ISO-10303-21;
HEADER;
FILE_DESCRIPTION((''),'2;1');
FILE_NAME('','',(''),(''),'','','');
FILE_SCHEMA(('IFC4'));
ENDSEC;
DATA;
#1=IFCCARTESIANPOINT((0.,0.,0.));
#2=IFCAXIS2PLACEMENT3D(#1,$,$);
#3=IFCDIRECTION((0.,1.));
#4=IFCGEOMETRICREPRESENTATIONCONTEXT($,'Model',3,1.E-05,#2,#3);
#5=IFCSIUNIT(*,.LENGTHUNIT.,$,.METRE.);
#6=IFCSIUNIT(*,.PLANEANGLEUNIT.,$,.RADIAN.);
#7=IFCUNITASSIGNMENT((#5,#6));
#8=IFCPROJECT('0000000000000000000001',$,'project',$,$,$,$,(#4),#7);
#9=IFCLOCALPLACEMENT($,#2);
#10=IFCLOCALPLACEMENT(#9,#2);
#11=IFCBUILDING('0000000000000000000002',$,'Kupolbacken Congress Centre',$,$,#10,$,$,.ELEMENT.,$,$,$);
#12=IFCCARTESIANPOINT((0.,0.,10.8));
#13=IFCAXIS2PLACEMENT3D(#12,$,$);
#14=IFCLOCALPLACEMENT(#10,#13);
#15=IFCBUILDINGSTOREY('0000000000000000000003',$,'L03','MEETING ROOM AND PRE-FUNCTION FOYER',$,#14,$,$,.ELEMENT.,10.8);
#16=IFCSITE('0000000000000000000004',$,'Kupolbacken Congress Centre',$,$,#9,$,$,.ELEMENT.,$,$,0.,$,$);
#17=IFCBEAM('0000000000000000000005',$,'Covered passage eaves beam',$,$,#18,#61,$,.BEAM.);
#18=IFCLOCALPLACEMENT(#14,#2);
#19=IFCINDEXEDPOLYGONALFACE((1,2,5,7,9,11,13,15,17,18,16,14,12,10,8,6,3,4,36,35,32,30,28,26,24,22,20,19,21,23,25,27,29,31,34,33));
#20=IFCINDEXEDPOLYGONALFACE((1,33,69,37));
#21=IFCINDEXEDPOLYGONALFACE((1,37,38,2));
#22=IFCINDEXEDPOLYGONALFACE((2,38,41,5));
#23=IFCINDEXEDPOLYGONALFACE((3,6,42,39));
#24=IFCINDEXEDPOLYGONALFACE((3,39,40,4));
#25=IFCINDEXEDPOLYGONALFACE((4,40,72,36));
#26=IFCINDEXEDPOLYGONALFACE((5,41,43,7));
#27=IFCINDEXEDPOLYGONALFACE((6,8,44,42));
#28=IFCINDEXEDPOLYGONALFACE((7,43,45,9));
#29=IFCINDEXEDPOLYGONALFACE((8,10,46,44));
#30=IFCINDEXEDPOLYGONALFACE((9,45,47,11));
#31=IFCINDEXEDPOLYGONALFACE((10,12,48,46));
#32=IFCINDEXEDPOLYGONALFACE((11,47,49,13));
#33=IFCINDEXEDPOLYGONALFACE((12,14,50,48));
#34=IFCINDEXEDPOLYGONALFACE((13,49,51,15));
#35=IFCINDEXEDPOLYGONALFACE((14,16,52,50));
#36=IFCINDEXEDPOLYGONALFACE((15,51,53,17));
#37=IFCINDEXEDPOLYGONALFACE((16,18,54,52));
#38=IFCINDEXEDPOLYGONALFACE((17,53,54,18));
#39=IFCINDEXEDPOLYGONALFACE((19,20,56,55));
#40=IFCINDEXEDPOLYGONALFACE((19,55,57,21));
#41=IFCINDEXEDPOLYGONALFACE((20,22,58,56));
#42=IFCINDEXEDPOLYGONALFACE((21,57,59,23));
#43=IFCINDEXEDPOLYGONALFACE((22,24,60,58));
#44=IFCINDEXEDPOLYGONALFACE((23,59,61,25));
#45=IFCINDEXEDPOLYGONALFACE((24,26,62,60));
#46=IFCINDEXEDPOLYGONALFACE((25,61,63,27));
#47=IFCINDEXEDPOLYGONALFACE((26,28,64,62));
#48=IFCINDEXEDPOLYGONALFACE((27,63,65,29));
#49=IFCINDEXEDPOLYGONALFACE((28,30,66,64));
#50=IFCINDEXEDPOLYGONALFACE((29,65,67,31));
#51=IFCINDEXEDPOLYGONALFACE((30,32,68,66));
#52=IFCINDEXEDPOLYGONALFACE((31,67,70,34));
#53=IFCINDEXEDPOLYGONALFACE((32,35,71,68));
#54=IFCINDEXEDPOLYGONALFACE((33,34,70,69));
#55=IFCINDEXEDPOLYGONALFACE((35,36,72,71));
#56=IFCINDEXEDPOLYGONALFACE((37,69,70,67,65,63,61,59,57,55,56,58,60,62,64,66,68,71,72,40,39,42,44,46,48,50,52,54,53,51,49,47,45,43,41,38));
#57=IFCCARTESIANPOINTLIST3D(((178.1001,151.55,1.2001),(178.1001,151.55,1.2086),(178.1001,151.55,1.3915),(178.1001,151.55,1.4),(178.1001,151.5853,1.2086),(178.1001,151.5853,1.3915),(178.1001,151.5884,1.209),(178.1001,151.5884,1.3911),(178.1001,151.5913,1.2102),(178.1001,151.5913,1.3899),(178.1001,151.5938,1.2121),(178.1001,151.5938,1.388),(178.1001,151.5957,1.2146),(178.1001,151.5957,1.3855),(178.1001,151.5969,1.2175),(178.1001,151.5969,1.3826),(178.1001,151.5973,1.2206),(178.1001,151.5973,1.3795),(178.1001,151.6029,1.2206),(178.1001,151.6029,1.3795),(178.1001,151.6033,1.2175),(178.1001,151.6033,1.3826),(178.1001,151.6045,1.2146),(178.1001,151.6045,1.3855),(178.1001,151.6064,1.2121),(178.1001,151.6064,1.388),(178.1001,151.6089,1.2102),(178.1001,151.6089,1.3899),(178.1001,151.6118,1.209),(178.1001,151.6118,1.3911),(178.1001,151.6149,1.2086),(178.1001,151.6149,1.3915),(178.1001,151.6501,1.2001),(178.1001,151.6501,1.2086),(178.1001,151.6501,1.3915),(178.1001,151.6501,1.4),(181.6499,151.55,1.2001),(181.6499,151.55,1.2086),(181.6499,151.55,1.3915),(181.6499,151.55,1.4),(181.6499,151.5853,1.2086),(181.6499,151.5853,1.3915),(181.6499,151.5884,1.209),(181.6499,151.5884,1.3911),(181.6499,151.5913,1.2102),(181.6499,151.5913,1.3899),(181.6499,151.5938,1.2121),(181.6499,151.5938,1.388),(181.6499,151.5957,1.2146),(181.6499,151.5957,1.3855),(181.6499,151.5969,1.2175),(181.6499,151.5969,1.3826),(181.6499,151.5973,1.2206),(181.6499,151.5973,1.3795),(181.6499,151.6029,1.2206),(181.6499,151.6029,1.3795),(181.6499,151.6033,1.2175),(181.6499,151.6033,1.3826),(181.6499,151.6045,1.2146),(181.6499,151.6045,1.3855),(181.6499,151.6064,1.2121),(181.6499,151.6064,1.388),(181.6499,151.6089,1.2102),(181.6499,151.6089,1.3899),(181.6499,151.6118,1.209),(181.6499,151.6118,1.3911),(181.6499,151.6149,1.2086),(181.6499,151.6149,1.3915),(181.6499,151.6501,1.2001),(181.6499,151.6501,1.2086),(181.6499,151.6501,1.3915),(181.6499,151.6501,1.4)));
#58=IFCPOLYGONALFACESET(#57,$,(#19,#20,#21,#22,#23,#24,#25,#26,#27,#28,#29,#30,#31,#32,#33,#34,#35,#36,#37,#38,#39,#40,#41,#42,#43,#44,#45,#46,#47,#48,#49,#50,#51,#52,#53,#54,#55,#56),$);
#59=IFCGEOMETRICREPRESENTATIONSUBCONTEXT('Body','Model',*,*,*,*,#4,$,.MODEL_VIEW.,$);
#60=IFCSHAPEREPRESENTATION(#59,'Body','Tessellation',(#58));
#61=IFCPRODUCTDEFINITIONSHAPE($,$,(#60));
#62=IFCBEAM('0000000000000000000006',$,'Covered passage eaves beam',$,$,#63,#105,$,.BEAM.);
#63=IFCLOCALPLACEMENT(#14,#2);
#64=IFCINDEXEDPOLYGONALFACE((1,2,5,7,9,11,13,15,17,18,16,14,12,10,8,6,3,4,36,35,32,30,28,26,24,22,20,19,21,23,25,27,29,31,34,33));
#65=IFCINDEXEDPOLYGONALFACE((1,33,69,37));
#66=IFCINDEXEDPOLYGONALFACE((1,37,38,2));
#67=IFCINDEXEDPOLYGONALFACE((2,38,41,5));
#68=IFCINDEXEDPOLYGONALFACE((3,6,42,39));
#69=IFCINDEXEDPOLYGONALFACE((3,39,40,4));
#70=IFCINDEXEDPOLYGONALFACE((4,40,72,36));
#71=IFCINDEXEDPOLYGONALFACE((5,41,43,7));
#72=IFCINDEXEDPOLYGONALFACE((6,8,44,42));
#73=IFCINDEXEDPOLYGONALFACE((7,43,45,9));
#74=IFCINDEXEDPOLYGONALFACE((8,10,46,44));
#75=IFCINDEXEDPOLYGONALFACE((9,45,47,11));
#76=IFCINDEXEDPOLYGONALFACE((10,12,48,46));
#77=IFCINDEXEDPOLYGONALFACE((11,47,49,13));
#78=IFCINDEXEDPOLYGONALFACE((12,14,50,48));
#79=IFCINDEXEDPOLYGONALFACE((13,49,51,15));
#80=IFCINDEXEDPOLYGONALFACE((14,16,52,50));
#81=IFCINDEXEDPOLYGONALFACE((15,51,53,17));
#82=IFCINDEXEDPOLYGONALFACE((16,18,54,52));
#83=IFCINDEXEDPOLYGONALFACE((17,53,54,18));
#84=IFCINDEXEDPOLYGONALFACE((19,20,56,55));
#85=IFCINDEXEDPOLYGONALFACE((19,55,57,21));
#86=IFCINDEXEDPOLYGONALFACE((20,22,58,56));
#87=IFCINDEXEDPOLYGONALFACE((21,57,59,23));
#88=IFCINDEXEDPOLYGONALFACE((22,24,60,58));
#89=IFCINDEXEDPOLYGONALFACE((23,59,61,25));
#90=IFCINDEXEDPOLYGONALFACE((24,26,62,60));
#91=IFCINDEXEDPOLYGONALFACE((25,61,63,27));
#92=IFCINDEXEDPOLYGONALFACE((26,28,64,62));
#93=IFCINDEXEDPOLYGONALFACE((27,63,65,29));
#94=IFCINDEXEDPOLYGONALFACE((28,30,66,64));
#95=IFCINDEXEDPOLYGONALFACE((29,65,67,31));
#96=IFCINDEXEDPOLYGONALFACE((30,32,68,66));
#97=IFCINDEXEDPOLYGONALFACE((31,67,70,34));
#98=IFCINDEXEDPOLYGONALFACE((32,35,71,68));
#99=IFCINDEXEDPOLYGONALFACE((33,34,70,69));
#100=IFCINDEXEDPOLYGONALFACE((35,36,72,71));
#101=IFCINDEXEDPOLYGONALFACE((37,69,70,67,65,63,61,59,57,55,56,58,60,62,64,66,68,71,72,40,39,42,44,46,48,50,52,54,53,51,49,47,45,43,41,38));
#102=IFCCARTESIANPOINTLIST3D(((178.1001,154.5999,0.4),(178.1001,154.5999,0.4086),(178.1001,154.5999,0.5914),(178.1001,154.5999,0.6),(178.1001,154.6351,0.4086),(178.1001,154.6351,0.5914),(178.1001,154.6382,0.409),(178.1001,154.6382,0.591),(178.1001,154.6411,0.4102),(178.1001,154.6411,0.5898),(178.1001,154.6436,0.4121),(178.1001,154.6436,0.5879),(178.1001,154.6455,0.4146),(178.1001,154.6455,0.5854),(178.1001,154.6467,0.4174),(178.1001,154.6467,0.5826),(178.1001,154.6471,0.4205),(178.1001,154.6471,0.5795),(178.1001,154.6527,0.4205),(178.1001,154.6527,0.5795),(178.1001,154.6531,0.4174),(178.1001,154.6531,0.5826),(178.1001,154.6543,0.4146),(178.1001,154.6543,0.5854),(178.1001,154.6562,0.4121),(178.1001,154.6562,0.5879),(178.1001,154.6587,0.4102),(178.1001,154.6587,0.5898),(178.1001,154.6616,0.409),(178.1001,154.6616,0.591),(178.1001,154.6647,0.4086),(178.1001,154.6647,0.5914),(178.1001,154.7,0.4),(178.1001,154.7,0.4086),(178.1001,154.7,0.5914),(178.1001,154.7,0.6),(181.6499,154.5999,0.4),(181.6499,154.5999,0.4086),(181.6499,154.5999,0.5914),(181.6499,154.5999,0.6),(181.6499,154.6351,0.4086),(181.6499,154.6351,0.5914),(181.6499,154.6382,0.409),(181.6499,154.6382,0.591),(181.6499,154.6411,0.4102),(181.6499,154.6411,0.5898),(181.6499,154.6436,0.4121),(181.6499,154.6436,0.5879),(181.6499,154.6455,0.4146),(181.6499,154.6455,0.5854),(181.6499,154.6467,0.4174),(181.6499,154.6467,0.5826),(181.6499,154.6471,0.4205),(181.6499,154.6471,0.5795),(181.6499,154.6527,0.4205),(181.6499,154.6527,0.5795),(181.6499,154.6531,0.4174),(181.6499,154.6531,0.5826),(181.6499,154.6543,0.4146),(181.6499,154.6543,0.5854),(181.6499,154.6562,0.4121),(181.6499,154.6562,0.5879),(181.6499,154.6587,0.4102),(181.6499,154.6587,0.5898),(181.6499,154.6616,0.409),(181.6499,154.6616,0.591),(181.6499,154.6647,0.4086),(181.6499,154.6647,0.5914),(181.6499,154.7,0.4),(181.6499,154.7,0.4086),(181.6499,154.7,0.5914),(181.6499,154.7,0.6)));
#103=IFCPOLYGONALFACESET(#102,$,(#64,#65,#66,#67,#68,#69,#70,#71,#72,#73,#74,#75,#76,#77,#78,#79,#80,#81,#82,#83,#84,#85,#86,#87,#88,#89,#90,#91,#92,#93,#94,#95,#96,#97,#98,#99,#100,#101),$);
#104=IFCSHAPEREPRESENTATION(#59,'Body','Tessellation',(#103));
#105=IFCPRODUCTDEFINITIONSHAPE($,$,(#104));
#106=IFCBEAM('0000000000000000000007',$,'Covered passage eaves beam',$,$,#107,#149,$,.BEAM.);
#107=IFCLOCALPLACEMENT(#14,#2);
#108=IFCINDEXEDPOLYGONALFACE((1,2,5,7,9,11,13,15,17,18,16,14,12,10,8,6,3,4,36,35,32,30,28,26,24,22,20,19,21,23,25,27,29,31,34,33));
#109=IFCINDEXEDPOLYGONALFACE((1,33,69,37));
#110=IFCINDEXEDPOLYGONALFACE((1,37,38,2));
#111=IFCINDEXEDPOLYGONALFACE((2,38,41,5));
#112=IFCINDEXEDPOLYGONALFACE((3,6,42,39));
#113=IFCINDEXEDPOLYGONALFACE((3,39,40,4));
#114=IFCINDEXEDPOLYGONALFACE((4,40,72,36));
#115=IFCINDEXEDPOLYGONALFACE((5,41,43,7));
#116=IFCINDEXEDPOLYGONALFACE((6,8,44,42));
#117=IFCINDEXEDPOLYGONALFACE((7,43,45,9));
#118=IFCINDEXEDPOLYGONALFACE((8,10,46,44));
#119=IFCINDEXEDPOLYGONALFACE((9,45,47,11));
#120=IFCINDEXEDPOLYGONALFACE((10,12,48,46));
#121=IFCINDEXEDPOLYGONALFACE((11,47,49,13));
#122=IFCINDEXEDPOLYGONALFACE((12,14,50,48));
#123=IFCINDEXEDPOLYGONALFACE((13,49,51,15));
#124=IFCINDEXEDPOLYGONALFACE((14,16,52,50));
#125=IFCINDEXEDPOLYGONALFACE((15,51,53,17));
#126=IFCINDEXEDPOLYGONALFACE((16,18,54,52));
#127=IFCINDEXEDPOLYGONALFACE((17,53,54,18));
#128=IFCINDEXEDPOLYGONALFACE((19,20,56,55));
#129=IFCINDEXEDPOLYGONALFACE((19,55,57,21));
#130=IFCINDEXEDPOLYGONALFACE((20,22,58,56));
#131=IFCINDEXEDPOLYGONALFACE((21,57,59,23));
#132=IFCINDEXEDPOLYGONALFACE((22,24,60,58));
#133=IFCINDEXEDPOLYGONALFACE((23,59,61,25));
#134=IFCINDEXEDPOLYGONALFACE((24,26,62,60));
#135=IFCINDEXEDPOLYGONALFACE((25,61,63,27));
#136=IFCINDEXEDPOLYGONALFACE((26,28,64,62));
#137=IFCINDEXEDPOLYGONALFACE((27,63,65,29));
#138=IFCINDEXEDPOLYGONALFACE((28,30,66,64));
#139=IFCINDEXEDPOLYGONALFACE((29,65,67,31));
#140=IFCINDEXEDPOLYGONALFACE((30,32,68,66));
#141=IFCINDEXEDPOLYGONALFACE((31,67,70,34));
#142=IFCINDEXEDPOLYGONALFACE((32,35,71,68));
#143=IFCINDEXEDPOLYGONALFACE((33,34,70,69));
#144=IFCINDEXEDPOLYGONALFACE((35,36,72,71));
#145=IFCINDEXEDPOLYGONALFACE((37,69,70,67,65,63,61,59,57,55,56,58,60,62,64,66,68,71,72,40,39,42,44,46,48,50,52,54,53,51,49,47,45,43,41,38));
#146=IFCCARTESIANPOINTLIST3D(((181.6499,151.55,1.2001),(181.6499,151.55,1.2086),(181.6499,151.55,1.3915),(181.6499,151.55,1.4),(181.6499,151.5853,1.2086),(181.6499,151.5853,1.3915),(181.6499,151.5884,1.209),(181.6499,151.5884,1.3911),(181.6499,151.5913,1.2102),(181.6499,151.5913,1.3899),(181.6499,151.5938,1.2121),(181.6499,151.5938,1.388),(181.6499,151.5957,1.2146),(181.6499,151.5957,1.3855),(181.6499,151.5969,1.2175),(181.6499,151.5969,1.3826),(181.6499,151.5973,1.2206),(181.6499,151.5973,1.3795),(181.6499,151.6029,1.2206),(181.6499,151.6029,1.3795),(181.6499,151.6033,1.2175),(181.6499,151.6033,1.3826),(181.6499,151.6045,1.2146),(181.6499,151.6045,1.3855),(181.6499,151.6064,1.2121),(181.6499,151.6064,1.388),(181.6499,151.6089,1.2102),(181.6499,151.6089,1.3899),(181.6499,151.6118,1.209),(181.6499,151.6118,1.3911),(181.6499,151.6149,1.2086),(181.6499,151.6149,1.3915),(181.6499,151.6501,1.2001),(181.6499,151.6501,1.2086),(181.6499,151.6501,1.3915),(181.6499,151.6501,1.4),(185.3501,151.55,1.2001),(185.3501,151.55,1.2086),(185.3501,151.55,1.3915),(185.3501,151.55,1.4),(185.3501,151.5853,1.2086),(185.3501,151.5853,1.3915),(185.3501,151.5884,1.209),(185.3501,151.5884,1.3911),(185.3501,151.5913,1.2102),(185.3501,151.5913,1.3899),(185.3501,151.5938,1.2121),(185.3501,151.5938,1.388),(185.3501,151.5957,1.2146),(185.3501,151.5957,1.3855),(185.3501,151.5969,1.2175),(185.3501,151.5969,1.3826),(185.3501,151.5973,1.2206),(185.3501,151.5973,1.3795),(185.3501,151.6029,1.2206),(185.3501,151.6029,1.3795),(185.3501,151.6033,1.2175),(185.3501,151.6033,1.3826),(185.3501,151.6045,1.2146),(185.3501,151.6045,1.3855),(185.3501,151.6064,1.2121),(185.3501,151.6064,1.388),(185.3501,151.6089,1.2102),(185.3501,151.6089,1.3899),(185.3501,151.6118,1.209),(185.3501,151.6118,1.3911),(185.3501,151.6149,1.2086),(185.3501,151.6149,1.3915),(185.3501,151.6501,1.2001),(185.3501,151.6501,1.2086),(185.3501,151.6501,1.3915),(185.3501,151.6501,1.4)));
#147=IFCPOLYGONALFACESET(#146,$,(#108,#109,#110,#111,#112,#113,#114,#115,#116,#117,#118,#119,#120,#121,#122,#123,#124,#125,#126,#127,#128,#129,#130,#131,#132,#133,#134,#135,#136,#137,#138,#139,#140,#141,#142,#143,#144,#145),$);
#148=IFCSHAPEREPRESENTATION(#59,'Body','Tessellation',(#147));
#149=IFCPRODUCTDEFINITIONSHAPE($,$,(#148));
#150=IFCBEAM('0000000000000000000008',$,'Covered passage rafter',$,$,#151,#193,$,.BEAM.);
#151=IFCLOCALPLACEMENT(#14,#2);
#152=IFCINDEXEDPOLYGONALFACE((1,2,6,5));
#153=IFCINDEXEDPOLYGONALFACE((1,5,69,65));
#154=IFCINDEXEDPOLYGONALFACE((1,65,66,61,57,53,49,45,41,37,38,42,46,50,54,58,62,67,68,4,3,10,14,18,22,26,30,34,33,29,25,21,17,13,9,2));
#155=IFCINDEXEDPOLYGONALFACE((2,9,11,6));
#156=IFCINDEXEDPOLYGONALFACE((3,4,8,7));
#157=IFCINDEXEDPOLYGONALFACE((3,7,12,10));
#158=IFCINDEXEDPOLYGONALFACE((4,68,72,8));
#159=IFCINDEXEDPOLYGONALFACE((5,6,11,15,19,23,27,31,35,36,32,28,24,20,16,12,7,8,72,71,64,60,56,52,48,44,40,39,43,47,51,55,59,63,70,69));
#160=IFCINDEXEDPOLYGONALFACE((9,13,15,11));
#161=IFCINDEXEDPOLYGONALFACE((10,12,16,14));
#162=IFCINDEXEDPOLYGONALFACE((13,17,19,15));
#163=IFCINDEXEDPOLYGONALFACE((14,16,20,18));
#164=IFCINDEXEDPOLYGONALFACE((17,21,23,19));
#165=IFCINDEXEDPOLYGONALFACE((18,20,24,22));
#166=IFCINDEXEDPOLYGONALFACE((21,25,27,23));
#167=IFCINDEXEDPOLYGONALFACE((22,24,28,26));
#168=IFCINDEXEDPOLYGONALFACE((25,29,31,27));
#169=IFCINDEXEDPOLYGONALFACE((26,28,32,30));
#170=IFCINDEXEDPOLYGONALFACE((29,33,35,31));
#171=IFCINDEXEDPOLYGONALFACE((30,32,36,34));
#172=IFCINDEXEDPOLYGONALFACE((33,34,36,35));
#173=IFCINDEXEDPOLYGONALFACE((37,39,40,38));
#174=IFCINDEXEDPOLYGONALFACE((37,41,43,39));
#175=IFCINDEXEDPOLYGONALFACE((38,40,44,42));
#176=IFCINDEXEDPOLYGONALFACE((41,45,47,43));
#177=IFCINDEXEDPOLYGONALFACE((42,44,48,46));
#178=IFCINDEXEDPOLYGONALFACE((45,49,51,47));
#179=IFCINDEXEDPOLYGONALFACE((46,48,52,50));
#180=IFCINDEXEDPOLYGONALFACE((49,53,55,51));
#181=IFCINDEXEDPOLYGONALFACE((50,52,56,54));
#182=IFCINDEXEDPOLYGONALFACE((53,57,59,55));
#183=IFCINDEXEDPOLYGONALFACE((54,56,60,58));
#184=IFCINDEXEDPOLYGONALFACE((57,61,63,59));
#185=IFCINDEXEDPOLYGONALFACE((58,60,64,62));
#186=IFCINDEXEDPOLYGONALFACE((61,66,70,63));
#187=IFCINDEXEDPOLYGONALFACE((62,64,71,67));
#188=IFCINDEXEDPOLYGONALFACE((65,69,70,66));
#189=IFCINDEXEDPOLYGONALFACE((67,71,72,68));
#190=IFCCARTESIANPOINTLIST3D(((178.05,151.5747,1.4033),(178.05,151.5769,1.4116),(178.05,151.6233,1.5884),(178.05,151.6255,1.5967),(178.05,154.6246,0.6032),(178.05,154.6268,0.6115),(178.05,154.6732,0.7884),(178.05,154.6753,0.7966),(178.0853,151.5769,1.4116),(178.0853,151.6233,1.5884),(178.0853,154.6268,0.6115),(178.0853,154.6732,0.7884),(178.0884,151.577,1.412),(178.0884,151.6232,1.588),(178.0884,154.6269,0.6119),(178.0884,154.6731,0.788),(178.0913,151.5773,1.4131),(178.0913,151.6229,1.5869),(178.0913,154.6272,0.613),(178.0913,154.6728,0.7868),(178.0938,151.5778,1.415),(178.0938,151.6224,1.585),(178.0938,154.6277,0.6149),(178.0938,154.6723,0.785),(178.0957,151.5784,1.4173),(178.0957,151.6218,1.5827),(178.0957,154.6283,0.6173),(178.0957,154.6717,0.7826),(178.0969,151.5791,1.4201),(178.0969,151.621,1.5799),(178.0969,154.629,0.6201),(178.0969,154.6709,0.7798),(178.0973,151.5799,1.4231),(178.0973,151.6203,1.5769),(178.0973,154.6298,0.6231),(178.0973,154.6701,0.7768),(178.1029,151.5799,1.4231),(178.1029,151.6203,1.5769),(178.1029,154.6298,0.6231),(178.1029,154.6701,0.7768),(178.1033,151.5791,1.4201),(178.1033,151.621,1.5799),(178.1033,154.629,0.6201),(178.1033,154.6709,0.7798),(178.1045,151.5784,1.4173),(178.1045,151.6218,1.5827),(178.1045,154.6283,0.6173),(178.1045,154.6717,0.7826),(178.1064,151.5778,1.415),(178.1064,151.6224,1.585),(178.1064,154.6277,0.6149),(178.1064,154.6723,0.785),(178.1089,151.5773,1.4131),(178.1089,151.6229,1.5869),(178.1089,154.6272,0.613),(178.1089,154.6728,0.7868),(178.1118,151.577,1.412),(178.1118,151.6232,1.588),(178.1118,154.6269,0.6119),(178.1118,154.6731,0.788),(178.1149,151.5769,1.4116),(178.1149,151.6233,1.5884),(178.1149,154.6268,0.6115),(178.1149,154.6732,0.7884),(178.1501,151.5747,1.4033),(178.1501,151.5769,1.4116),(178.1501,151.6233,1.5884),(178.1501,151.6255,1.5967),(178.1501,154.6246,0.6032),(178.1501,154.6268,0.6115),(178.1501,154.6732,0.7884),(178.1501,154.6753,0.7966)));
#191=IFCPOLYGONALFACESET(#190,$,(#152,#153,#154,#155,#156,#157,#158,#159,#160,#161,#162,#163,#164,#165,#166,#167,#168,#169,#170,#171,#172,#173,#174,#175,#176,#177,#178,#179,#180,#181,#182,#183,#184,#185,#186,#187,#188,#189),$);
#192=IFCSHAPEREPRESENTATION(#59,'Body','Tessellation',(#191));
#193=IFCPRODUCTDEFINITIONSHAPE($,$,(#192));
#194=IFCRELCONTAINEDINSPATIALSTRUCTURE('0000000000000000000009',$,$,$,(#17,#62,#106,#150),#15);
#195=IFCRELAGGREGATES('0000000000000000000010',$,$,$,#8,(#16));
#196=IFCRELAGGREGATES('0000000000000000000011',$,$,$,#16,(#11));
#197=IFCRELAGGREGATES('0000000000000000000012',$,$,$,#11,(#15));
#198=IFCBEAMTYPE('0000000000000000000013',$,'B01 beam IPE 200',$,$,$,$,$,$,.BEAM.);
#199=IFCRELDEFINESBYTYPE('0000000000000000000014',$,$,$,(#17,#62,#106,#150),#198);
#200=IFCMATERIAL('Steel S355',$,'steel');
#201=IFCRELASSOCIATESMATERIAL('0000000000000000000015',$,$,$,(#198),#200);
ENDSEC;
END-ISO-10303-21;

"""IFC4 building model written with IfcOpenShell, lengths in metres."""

from ifc_helpers import new_model, si_unit, direction, frame, origin, origin_2d, place, context, subcontext, project, spatial, i_section, extrude, material, material_profile, profile_set, type_object, element, save


model = new_model("IFC4")

# Units and contexts
model_context = context("Model", 3, precision=1e-05, world=origin(), true_north=direction((0.0, 1.0)))
body_context = subcontext(model_context, "Body", "Model", "MODEL_VIEW")
ifc_project = project(units=[si_unit("LENGTHUNIT", "METRE"), si_unit("PLANEANGLEUNIT", "RADIAN")], contexts=[model_context])

# Site, building, storey
site_placement = place(None, origin())
site = spatial("IfcSite", under=ifc_project, at=site_placement, Name="Kupolbacken Congress Centre", CompositionType="ELEMENT", RefElevation=0.0)
building_placement = place(site_placement, origin())
building = spatial("IfcBuilding", under=site, at=building_placement, Name="Kupolbacken Congress Centre", CompositionType="ELEMENT")
storey_placement = place(building_placement, frame((0.0, 0.0, 10.8)))
storey = spatial("IfcBuildingStorey", under=building, at=storey_placement, Name="L03", Description="MEETING ROOM AND PRE-FUNCTION FOYER", CompositionType="ELEMENT", Elevation=10.8)

# Beams
ifc_material_1 = material(Name="Steel S355", Category="steel")
ifc_material_profile_1 = material_profile(ifc_material_1, i_section(OverallWidth=0.1001, OverallDepth=0.2, WebThickness=0.0056, FlangeThickness=0.0085, FilletRadius=0.012, at=origin_2d()), Name="IPE 200")
ifc_profile_set_1 = profile_set([ifc_material_profile_1], Name="Steel S355")
beam_type = type_object("IfcBeamType", Name="B01 beam IPE 200", PredefinedType="BEAM", material=ifc_profile_set_1)
for number, where, z_axis, x_axis, name in (
    (1, (178.1001, 151.6001, 1.3), (1.0, 0.0, 0.0), (0.0, 1.0, 0.0), "Covered passage eaves beam"),
    (2, (178.1001, 154.6499, 0.5), (1.0, 0.0, 0.0), (0.0, 1.0, 0.0), "Covered passage eaves beam"),
):
    element("IfcBeam", number, at=place(storey_placement, frame(where, z_axis=z_axis, x_axis=x_axis)), inside=storey, type_object=beam_type, Name=name, PredefinedType="BEAM", context=body_context, shape_type="SweptSolid", body=[
        extrude(i_section(OverallWidth=0.1001, OverallDepth=0.2, WebThickness=0.0056, FlangeThickness=0.0085, FilletRadius=0.012, at=origin_2d()), origin(), (0.0, 0.0, 1.0), 3.5498),
    ])
beam_placement = place(storey_placement, frame((181.6499, 151.6001, 1.3), z_axis=(1.0, 0.0, 0.0), x_axis=(0.0, 1.0, 0.0)))
element("IfcBeam", 3, at=beam_placement, inside=storey, type_object=beam_type, Name="Covered passage eaves beam", PredefinedType="BEAM", context=body_context, shape_type="SweptSolid", body=[
    extrude(i_section(OverallWidth=0.1001, OverallDepth=0.2, WebThickness=0.0056, FlangeThickness=0.0085, FilletRadius=0.012, at=origin_2d()), origin(), (0.0, 0.0, 1.0), 3.7002),
])
for number, where, z_axis, x_axis, name in (
    (4, (178.1001, 151.6001, 1.5), (0.0, 0.967272, -0.253742), (-1.0, 0.0, 0.0), "Covered passage rafter"),
):
    element("IfcBeam", number, at=place(storey_placement, frame(where, z_axis=z_axis, x_axis=x_axis)), inside=storey, type_object=beam_type, Name=name, PredefinedType="BEAM", context=body_context, shape_type="SweptSolid", body=[
        extrude(i_section(OverallWidth=0.1001, OverallDepth=0.2, WebThickness=0.0056, FlangeThickness=0.0085, FilletRadius=0.012, at=origin_2d()), origin(), (0.0, 0.0, 1.0), 3.1531),
    ])

save(model, "model.ifc")
